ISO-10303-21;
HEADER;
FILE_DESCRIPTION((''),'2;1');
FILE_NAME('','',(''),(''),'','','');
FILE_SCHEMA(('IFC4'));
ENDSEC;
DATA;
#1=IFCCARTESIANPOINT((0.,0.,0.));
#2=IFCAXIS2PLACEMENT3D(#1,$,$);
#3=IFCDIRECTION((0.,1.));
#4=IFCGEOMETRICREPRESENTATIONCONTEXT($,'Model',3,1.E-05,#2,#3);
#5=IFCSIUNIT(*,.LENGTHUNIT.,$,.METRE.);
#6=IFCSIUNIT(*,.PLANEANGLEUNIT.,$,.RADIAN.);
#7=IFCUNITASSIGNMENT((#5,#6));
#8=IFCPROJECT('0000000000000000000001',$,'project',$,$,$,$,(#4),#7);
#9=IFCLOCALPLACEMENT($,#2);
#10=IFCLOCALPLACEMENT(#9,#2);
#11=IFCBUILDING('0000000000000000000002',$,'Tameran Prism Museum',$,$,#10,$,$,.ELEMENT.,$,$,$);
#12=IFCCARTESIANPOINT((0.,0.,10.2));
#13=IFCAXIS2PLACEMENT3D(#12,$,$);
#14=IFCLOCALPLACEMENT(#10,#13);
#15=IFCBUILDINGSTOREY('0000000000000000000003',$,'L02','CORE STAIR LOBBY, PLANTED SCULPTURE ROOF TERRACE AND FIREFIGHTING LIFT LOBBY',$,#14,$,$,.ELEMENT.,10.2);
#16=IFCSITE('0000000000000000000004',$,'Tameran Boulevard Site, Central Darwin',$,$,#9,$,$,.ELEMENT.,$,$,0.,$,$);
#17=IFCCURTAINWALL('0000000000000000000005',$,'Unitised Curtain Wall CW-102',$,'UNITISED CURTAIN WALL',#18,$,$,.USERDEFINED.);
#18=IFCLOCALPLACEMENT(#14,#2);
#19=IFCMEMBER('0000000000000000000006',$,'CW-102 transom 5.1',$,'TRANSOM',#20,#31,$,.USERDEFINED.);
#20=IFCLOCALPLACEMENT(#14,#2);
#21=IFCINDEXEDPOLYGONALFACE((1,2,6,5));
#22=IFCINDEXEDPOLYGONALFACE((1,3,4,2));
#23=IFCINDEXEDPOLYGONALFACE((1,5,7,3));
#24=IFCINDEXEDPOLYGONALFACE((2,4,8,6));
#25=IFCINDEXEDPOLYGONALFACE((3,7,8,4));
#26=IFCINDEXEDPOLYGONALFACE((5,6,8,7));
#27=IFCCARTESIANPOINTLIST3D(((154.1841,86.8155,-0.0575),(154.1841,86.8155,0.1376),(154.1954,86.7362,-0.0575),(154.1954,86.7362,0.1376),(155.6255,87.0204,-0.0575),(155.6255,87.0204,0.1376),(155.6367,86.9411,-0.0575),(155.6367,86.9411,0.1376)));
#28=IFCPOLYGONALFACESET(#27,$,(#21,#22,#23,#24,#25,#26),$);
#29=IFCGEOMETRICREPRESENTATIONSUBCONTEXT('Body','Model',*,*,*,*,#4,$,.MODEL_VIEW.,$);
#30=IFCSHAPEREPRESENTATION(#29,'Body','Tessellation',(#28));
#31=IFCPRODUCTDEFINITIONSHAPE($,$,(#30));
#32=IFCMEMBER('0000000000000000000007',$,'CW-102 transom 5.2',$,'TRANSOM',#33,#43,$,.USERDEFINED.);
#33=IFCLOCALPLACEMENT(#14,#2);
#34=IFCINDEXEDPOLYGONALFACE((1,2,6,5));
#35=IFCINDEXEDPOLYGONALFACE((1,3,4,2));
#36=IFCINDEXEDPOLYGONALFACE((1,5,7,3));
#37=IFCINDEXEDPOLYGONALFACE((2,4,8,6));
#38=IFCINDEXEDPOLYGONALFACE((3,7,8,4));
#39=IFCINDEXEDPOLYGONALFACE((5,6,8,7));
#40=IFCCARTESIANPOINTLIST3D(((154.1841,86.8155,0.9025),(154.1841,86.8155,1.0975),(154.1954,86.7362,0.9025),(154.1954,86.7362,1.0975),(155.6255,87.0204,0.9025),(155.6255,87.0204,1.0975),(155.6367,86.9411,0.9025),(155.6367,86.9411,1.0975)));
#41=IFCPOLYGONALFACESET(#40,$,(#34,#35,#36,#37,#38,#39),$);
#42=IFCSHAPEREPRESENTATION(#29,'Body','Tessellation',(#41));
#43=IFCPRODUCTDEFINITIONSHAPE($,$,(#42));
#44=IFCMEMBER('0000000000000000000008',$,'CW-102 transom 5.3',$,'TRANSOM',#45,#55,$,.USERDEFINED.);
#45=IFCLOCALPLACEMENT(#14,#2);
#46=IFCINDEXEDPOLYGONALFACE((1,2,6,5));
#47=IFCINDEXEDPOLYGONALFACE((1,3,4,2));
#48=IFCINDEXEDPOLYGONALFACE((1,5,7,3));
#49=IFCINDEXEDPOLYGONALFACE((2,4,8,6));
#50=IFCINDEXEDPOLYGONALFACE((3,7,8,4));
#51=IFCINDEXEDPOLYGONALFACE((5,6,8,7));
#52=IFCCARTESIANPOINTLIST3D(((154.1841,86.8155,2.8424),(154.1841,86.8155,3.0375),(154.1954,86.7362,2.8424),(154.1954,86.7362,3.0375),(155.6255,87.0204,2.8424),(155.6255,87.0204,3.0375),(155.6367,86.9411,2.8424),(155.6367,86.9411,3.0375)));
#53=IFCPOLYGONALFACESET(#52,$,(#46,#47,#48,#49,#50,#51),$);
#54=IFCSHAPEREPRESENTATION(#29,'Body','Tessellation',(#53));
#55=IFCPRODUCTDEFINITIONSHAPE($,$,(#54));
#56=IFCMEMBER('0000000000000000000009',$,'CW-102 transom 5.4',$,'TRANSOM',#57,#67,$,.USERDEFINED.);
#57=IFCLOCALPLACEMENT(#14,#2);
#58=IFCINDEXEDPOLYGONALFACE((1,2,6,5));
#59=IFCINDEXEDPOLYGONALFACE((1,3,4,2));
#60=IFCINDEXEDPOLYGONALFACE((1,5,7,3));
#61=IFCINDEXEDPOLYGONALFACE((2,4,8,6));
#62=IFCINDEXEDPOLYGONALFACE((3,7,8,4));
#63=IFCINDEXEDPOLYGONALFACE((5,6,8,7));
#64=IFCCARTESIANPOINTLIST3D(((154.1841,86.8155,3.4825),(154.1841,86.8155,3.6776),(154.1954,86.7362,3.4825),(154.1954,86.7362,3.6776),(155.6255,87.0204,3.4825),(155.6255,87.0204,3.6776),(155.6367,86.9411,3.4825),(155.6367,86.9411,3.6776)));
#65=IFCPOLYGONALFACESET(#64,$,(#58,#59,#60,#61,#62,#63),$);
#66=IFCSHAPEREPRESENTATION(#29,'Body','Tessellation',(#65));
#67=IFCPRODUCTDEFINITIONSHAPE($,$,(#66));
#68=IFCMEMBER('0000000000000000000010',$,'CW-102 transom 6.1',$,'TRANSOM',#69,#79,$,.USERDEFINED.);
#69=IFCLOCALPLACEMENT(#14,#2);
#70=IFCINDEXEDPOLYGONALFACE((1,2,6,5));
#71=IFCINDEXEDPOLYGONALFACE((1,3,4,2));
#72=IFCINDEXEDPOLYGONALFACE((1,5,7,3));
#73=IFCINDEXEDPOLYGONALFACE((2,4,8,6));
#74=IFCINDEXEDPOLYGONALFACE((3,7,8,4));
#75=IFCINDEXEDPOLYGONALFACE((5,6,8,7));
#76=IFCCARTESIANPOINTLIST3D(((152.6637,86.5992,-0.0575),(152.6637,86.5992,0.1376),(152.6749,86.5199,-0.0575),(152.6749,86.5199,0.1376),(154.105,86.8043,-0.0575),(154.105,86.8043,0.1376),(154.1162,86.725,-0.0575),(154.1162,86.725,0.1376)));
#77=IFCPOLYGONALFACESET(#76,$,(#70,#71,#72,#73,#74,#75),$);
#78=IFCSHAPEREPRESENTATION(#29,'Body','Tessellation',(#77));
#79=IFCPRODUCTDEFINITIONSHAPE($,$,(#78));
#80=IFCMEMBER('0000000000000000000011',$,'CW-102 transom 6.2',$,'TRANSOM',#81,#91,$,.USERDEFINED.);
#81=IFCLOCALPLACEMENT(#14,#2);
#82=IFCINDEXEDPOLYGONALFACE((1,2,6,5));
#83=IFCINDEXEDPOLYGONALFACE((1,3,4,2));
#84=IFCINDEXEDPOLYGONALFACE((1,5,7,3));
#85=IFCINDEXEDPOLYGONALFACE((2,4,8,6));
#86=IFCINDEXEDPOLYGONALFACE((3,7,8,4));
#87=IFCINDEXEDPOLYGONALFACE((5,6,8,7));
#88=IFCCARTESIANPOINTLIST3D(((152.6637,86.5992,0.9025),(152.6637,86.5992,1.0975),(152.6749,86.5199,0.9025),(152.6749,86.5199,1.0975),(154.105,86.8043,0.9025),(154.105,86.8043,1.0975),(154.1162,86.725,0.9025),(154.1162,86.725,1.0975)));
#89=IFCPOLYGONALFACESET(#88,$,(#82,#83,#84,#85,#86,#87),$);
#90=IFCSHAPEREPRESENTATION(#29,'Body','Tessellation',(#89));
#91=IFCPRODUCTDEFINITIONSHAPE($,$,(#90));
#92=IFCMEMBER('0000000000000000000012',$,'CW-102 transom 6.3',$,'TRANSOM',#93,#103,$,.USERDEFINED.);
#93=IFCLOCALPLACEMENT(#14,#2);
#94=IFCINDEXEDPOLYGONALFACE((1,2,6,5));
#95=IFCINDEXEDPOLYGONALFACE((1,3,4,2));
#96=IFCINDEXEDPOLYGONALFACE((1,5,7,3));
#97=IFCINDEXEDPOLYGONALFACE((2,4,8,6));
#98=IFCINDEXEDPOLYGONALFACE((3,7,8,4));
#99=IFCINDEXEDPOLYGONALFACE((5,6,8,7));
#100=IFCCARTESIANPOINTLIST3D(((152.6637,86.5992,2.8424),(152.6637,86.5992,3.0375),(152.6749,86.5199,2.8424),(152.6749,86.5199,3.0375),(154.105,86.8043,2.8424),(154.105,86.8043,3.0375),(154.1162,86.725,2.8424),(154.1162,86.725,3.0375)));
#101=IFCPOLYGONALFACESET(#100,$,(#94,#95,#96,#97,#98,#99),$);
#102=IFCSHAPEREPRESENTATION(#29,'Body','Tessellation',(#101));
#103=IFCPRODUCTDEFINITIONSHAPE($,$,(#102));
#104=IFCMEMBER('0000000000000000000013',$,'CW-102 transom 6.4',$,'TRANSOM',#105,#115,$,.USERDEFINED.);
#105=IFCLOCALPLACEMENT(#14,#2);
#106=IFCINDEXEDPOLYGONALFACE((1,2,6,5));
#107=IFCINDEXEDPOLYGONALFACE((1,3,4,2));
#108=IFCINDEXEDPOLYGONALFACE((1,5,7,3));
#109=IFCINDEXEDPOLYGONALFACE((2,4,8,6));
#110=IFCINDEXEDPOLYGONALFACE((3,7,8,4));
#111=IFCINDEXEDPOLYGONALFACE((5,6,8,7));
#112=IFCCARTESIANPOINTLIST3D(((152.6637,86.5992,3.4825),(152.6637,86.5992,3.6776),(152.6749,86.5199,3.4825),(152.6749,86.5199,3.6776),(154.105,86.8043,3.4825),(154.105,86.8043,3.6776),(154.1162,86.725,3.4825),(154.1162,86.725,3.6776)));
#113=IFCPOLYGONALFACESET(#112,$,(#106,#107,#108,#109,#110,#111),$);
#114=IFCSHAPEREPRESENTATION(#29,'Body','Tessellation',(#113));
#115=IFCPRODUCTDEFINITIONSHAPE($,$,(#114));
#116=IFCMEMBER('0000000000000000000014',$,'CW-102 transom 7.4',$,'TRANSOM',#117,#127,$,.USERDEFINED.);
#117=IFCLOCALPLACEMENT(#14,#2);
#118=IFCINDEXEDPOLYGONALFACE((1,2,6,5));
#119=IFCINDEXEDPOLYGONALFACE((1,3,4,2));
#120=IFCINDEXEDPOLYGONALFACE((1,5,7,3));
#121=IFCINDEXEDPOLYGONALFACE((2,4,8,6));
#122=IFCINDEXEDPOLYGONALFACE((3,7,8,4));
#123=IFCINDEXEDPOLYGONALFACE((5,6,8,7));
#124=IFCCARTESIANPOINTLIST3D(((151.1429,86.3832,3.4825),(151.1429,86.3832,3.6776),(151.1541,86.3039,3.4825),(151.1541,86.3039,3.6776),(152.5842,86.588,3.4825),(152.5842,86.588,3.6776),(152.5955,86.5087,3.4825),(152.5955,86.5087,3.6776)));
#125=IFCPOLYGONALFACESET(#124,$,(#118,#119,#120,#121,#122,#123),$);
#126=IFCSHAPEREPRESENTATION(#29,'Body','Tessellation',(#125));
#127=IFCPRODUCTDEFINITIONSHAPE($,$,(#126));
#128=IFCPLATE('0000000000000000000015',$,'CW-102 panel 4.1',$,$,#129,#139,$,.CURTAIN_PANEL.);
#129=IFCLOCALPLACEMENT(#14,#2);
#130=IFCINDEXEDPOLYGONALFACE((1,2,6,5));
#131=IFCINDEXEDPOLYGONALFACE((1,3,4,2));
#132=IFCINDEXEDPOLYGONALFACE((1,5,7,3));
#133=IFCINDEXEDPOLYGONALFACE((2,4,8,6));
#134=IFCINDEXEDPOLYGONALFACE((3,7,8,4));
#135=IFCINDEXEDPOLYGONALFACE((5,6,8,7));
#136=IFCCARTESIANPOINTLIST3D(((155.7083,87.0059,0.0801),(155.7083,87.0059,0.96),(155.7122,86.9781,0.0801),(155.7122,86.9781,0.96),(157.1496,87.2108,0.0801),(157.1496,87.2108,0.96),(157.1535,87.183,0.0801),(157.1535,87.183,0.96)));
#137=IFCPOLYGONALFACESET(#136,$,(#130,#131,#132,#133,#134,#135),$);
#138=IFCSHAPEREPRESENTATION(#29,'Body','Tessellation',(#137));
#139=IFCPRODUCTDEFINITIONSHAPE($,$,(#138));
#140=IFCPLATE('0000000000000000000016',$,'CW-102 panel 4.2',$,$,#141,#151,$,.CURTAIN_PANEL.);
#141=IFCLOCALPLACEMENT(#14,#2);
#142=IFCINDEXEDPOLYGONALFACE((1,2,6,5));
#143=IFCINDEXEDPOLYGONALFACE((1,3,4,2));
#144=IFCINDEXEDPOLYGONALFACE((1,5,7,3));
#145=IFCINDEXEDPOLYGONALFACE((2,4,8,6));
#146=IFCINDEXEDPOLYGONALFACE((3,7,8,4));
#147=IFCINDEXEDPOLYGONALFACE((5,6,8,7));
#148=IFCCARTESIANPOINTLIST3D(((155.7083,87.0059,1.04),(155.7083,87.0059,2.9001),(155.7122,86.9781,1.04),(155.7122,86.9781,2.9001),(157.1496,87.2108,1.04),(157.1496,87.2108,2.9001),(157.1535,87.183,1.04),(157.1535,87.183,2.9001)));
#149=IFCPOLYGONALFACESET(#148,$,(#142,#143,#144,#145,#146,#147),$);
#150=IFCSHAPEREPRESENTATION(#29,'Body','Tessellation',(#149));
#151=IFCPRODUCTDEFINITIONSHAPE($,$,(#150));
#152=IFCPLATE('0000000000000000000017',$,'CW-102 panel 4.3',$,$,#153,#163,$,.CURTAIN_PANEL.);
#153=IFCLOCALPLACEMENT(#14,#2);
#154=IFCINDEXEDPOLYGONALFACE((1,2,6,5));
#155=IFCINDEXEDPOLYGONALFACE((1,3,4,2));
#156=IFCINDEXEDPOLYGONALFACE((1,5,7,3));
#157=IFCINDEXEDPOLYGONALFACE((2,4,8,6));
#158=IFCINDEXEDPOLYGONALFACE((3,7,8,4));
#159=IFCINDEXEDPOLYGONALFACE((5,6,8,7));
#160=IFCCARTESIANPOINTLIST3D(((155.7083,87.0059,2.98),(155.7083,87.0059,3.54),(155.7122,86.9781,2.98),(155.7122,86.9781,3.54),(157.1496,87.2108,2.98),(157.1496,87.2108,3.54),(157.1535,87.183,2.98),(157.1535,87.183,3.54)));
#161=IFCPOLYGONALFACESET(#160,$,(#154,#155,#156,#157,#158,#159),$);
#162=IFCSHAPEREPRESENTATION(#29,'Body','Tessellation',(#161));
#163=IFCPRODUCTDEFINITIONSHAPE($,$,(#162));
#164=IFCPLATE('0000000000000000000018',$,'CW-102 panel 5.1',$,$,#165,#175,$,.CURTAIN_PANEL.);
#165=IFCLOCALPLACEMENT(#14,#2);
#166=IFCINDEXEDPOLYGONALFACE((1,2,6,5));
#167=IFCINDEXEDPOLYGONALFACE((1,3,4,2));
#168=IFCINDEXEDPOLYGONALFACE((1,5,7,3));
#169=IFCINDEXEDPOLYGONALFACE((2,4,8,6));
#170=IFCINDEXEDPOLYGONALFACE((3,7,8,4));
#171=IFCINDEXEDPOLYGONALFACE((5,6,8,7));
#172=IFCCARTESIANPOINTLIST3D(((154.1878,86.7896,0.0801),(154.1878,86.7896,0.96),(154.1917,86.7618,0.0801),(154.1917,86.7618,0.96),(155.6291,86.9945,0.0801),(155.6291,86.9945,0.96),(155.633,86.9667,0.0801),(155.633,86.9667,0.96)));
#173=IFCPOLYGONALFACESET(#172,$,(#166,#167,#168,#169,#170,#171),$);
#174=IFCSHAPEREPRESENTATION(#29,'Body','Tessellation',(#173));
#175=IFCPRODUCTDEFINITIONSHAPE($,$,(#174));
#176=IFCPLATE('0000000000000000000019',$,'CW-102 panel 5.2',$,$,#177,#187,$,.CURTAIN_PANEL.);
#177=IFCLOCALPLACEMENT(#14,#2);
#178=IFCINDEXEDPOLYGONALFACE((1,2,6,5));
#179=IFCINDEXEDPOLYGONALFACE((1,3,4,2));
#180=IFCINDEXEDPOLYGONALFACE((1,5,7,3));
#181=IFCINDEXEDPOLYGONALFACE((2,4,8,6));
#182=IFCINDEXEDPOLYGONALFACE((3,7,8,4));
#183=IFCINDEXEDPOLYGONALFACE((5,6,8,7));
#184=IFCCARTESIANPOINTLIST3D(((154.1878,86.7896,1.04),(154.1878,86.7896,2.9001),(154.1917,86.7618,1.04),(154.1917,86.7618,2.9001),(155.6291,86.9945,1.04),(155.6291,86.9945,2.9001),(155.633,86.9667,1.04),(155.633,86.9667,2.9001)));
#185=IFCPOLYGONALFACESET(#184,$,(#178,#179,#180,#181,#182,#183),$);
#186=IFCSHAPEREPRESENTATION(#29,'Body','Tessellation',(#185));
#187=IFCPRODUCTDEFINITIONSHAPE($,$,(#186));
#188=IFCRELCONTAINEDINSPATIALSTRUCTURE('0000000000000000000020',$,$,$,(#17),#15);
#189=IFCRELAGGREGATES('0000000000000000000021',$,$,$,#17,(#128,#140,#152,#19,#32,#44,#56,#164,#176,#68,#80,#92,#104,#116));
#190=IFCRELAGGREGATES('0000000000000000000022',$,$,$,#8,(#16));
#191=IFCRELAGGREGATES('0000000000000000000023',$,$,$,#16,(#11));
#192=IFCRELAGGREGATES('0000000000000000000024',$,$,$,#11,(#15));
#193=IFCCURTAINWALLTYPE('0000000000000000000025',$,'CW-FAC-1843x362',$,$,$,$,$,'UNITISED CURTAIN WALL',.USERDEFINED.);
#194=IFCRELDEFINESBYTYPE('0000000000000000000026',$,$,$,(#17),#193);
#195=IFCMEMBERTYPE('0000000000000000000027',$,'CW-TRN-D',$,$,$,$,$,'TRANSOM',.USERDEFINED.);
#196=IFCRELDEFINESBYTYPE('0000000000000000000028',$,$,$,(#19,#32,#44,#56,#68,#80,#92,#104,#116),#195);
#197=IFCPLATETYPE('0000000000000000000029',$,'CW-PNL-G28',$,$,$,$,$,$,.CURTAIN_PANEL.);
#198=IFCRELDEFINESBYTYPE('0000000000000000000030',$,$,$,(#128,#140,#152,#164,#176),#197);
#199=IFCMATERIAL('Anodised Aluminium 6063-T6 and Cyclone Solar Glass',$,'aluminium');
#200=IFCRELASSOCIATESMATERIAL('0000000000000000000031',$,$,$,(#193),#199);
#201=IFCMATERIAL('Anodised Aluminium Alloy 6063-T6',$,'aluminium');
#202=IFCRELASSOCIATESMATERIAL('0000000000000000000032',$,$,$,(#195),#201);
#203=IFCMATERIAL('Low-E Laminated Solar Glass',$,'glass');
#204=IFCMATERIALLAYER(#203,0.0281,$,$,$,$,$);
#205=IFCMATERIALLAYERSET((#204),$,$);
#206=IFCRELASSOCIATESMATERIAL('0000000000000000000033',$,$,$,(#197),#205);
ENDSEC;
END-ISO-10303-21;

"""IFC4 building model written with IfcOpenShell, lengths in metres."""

from ifc_helpers import new_model, si_unit, direction, frame, origin, origin_2d, place, context, subcontext, project, spatial, rectangle, extrude, material, layer, layer_set, material_profile, profile_set, type_object, element, aggregate, save


model = new_model("IFC4")

# Units and contexts
model_context = context("Model", 3, precision=1e-05, world=origin(), true_north=direction((0.0, 1.0)))
body_context = subcontext(model_context, "Body", "Model", "MODEL_VIEW")
ifc_project = project(units=[si_unit("LENGTHUNIT", "METRE"), si_unit("PLANEANGLEUNIT", "RADIAN")], contexts=[model_context])

# Site, building, storey
site_placement = place(None, origin())
site = spatial("IfcSite", under=ifc_project, at=site_placement, Name="Tameran Boulevard Site, Central Darwin", CompositionType="ELEMENT", RefElevation=0.0)
building_placement = place(site_placement, origin())
building = spatial("IfcBuilding", under=site, at=building_placement, Name="Tameran Prism Museum", CompositionType="ELEMENT")
storey_placement = place(building_placement, frame((0.0, 0.0, 10.2)))
storey = spatial("IfcBuildingStorey", under=building, at=storey_placement, Name="L02", Description="CORE STAIR LOBBY, PLANTED SCULPTURE ROOF TERRACE AND FIREFIGHTING LIFT LOBBY", CompositionType="ELEMENT", Elevation=10.2)

# Curtain wall, members, plates
ifc_material_1 = material(Name="Anodised Aluminium 6063-T6 and Cyclone Solar Glass", Category="aluminium")
curtain_wall_type = type_object("IfcCurtainWallType", Name="CW-FAC-1843x362", ElementType="UNITISED CURTAIN WALL", PredefinedType="USERDEFINED", material=ifc_material_1)
curtain_wall_placement = place(storey_placement, origin())
curtain_wall = element("IfcCurtainWall", 1, at=curtain_wall_placement, inside=storey, type_object=curtain_wall_type, Name="Unitised Curtain Wall CW-102", ObjectType="UNITISED CURTAIN WALL", PredefinedType="USERDEFINED")
ifc_material_2 = material(Name="Anodised Aluminium Alloy 6063-T6", Category="aluminium")
ifc_material_profile_1 = material_profile(ifc_material_2, rectangle(XDim=0.0801, YDim=0.1951, at=origin_2d()))
ifc_profile_set_1 = profile_set([ifc_material_profile_1])
member_type_1 = type_object("IfcMemberType", Name="CW-TRN-D", ElementType="TRANSOM", PredefinedType="USERDEFINED", material=ifc_profile_set_1)
member_1_placement = place(storey_placement, frame((155.6311, 86.9807, 0.04), z_axis=(-0.990053, -0.140694, 0.0), x_axis=(0.140694, -0.990053, 0.0)))
member_1 = element("IfcMember", 2, at=member_1_placement, type_object=member_type_1, Name="CW-102 transom 5.1", ObjectType="TRANSOM", PredefinedType="USERDEFINED", context=body_context, shape_type="SweptSolid", body=[
    extrude(rectangle(XDim=0.0801, YDim=0.1951, at=origin_2d()), origin(), (0.0, 0.0, 1.0), 1.4558),
])
member_2_placement = place(storey_placement, frame((155.6311, 86.9807, 1.0), z_axis=(-0.990053, -0.140694, 0.0), x_axis=(0.140694, -0.990053, 0.0)))
member_2 = element("IfcMember", 3, at=member_2_placement, type_object=member_type_1, Name="CW-102 transom 5.2", ObjectType="TRANSOM", PredefinedType="USERDEFINED", context=body_context, shape_type="SweptSolid", body=[
    extrude(rectangle(XDim=0.0801, YDim=0.1951, at=origin_2d()), origin(), (0.0, 0.0, 1.0), 1.4558),
])
member_3_placement = place(storey_placement, frame((155.6311, 86.9807, 2.9399), z_axis=(-0.990053, -0.140694, 0.0), x_axis=(0.140694, -0.990053, 0.0)))
member_3 = element("IfcMember", 4, at=member_3_placement, type_object=member_type_1, Name="CW-102 transom 5.3", ObjectType="TRANSOM", PredefinedType="USERDEFINED", context=body_context, shape_type="SweptSolid", body=[
    extrude(rectangle(XDim=0.0801, YDim=0.1951, at=origin_2d()), origin(), (0.0, 0.0, 1.0), 1.4558),
])
member_4_placement = place(storey_placement, frame((155.6311, 86.9807, 3.5801), z_axis=(-0.990053, -0.140694, 0.0), x_axis=(0.140694, -0.990053, 0.0)))
member_4 = element("IfcMember", 5, at=member_4_placement, type_object=member_type_1, Name="CW-102 transom 5.4", ObjectType="TRANSOM", PredefinedType="USERDEFINED", context=body_context, shape_type="SweptSolid", body=[
    extrude(rectangle(XDim=0.0801, YDim=0.1951, at=origin_2d()), origin(), (0.0, 0.0, 1.0), 1.4558),
])
member_5_placement = place(storey_placement, frame((154.1106, 86.7646, 0.04), z_axis=(-0.99003, -0.140858, 0.0), x_axis=(0.140858, -0.99003, 0.0)))
member_5 = element("IfcMember", 6, at=member_5_placement, type_object=member_type_1, Name="CW-102 transom 6.1", ObjectType="TRANSOM", PredefinedType="USERDEFINED", context=body_context, shape_type="SweptSolid", body=[
    extrude(rectangle(XDim=0.0801, YDim=0.1951, at=origin_2d()), origin(), (0.0, 0.0, 1.0), 1.4558),
])
member_6_placement = place(storey_placement, frame((154.1106, 86.7646, 1.0), z_axis=(-0.99003, -0.140858, 0.0), x_axis=(0.140858, -0.99003, 0.0)))
member_6 = element("IfcMember", 7, at=member_6_placement, type_object=member_type_1, Name="CW-102 transom 6.2", ObjectType="TRANSOM", PredefinedType="USERDEFINED", context=body_context, shape_type="SweptSolid", body=[
    extrude(rectangle(XDim=0.0801, YDim=0.1951, at=origin_2d()), origin(), (0.0, 0.0, 1.0), 1.4558),
])
member_7_placement = place(storey_placement, frame((154.1106, 86.7646, 2.9399), z_axis=(-0.99003, -0.140858, 0.0), x_axis=(0.140858, -0.99003, 0.0)))
member_7 = element("IfcMember", 8, at=member_7_placement, type_object=member_type_1, Name="CW-102 transom 6.3", ObjectType="TRANSOM", PredefinedType="USERDEFINED", context=body_context, shape_type="SweptSolid", body=[
    extrude(rectangle(XDim=0.0801, YDim=0.1951, at=origin_2d()), origin(), (0.0, 0.0, 1.0), 1.4558),
])
member_8_placement = place(storey_placement, frame((154.1106, 86.7646, 3.5801), z_axis=(-0.99003, -0.140858, 0.0), x_axis=(0.140858, -0.99003, 0.0)))
member_8 = element("IfcMember", 9, at=member_8_placement, type_object=member_type_1, Name="CW-102 transom 6.4", ObjectType="TRANSOM", PredefinedType="USERDEFINED", context=body_context, shape_type="SweptSolid", body=[
    extrude(rectangle(XDim=0.0801, YDim=0.1951, at=origin_2d()), origin(), (0.0, 0.0, 1.0), 1.4558),
])
member_9_placement = place(storey_placement, frame((152.5898, 86.5483, 3.5801), z_axis=(-0.990053, -0.140694, 0.0), x_axis=(0.140694, -0.990053, 0.0)))
member_9 = element("IfcMember", 10, at=member_9_placement, type_object=member_type_1, Name="CW-102 transom 7.4", ObjectType="TRANSOM", PredefinedType="USERDEFINED", context=body_context, shape_type="SweptSolid", body=[
    extrude(rectangle(XDim=0.0801, YDim=0.1951, at=origin_2d()), origin(), (0.0, 0.0, 1.0), 1.4558),
])
ifc_material_3 = material(Name="Low-E Laminated Solar Glass", Category="glass")
ifc_layer_1 = layer(ifc_material_3, 0.0281)
ifc_layer_set_1 = layer_set([ifc_layer_1])
plate_type = type_object("IfcPlateType", Name="CW-PNL-G28", PredefinedType="CURTAIN_PANEL", material=ifc_layer_set_1)
plate_1_placement = place(storey_placement, frame((156.4309, 87.0945, 0.0801), z_axis=(0.0, 0.0, 1.0), x_axis=(-0.990046, -0.140745, 0.0)))
plate_1 = element("IfcPlate", 11, at=plate_1_placement, type_object=plate_type, Name="CW-102 panel 4.1", PredefinedType="CURTAIN_PANEL", context=body_context, shape_type="SweptSolid", body=[
    extrude(rectangle(XDim=1.4558, YDim=0.0281, at=origin_2d()), origin(), (0.0, 0.0, 1.0), 0.8799),
])
plate_2_placement = place(storey_placement, frame((156.4309, 87.0945, 1.04), z_axis=(0.0, 0.0, 1.0), x_axis=(-0.990046, -0.140745, 0.0)))
plate_2 = element("IfcPlate", 12, at=plate_2_placement, type_object=plate_type, Name="CW-102 panel 4.2", PredefinedType="CURTAIN_PANEL", context=body_context, shape_type="SweptSolid", body=[
    extrude(rectangle(XDim=1.4558, YDim=0.0281, at=origin_2d()), origin(), (0.0, 0.0, 1.0), 1.8601),
])
plate_3_placement = place(storey_placement, frame((156.4309, 87.0945, 2.98), z_axis=(0.0, 0.0, 1.0), x_axis=(-0.990046, -0.140745, 0.0)))
plate_3 = element("IfcPlate", 13, at=plate_3_placement, type_object=plate_type, Name="CW-102 panel 4.3", PredefinedType="CURTAIN_PANEL", context=body_context, shape_type="SweptSolid", body=[
    extrude(rectangle(XDim=1.4558, YDim=0.0281, at=origin_2d()), origin(), (0.0, 0.0, 1.0), 0.5601),
])
plate_4_placement = place(storey_placement, frame((154.9104, 86.8782, 0.0801), z_axis=(0.0, 0.0, 1.0), x_axis=(-0.990046, -0.140745, 0.0)))
plate_4 = element("IfcPlate", 14, at=plate_4_placement, type_object=plate_type, Name="CW-102 panel 5.1", PredefinedType="CURTAIN_PANEL", context=body_context, shape_type="SweptSolid", body=[
    extrude(rectangle(XDim=1.4558, YDim=0.0281, at=origin_2d()), origin(), (0.0, 0.0, 1.0), 0.8799),
])
plate_5_placement = place(storey_placement, frame((154.9104, 86.8782, 1.04), z_axis=(0.0, 0.0, 1.0), x_axis=(-0.990046, -0.140745, 0.0)))
plate_5 = element("IfcPlate", 15, at=plate_5_placement, type_object=plate_type, Name="CW-102 panel 5.2", PredefinedType="CURTAIN_PANEL", context=body_context, shape_type="SweptSolid", body=[
    extrude(rectangle(XDim=1.4558, YDim=0.0281, at=origin_2d()), origin(), (0.0, 0.0, 1.0), 1.8601),
])
aggregate(curtain_wall, [plate_1, plate_2, plate_3, member_1, member_2, member_3, member_4, plate_4, plate_5, member_5, member_6, member_7, member_8, member_9])

save(model, "model.ifc")
